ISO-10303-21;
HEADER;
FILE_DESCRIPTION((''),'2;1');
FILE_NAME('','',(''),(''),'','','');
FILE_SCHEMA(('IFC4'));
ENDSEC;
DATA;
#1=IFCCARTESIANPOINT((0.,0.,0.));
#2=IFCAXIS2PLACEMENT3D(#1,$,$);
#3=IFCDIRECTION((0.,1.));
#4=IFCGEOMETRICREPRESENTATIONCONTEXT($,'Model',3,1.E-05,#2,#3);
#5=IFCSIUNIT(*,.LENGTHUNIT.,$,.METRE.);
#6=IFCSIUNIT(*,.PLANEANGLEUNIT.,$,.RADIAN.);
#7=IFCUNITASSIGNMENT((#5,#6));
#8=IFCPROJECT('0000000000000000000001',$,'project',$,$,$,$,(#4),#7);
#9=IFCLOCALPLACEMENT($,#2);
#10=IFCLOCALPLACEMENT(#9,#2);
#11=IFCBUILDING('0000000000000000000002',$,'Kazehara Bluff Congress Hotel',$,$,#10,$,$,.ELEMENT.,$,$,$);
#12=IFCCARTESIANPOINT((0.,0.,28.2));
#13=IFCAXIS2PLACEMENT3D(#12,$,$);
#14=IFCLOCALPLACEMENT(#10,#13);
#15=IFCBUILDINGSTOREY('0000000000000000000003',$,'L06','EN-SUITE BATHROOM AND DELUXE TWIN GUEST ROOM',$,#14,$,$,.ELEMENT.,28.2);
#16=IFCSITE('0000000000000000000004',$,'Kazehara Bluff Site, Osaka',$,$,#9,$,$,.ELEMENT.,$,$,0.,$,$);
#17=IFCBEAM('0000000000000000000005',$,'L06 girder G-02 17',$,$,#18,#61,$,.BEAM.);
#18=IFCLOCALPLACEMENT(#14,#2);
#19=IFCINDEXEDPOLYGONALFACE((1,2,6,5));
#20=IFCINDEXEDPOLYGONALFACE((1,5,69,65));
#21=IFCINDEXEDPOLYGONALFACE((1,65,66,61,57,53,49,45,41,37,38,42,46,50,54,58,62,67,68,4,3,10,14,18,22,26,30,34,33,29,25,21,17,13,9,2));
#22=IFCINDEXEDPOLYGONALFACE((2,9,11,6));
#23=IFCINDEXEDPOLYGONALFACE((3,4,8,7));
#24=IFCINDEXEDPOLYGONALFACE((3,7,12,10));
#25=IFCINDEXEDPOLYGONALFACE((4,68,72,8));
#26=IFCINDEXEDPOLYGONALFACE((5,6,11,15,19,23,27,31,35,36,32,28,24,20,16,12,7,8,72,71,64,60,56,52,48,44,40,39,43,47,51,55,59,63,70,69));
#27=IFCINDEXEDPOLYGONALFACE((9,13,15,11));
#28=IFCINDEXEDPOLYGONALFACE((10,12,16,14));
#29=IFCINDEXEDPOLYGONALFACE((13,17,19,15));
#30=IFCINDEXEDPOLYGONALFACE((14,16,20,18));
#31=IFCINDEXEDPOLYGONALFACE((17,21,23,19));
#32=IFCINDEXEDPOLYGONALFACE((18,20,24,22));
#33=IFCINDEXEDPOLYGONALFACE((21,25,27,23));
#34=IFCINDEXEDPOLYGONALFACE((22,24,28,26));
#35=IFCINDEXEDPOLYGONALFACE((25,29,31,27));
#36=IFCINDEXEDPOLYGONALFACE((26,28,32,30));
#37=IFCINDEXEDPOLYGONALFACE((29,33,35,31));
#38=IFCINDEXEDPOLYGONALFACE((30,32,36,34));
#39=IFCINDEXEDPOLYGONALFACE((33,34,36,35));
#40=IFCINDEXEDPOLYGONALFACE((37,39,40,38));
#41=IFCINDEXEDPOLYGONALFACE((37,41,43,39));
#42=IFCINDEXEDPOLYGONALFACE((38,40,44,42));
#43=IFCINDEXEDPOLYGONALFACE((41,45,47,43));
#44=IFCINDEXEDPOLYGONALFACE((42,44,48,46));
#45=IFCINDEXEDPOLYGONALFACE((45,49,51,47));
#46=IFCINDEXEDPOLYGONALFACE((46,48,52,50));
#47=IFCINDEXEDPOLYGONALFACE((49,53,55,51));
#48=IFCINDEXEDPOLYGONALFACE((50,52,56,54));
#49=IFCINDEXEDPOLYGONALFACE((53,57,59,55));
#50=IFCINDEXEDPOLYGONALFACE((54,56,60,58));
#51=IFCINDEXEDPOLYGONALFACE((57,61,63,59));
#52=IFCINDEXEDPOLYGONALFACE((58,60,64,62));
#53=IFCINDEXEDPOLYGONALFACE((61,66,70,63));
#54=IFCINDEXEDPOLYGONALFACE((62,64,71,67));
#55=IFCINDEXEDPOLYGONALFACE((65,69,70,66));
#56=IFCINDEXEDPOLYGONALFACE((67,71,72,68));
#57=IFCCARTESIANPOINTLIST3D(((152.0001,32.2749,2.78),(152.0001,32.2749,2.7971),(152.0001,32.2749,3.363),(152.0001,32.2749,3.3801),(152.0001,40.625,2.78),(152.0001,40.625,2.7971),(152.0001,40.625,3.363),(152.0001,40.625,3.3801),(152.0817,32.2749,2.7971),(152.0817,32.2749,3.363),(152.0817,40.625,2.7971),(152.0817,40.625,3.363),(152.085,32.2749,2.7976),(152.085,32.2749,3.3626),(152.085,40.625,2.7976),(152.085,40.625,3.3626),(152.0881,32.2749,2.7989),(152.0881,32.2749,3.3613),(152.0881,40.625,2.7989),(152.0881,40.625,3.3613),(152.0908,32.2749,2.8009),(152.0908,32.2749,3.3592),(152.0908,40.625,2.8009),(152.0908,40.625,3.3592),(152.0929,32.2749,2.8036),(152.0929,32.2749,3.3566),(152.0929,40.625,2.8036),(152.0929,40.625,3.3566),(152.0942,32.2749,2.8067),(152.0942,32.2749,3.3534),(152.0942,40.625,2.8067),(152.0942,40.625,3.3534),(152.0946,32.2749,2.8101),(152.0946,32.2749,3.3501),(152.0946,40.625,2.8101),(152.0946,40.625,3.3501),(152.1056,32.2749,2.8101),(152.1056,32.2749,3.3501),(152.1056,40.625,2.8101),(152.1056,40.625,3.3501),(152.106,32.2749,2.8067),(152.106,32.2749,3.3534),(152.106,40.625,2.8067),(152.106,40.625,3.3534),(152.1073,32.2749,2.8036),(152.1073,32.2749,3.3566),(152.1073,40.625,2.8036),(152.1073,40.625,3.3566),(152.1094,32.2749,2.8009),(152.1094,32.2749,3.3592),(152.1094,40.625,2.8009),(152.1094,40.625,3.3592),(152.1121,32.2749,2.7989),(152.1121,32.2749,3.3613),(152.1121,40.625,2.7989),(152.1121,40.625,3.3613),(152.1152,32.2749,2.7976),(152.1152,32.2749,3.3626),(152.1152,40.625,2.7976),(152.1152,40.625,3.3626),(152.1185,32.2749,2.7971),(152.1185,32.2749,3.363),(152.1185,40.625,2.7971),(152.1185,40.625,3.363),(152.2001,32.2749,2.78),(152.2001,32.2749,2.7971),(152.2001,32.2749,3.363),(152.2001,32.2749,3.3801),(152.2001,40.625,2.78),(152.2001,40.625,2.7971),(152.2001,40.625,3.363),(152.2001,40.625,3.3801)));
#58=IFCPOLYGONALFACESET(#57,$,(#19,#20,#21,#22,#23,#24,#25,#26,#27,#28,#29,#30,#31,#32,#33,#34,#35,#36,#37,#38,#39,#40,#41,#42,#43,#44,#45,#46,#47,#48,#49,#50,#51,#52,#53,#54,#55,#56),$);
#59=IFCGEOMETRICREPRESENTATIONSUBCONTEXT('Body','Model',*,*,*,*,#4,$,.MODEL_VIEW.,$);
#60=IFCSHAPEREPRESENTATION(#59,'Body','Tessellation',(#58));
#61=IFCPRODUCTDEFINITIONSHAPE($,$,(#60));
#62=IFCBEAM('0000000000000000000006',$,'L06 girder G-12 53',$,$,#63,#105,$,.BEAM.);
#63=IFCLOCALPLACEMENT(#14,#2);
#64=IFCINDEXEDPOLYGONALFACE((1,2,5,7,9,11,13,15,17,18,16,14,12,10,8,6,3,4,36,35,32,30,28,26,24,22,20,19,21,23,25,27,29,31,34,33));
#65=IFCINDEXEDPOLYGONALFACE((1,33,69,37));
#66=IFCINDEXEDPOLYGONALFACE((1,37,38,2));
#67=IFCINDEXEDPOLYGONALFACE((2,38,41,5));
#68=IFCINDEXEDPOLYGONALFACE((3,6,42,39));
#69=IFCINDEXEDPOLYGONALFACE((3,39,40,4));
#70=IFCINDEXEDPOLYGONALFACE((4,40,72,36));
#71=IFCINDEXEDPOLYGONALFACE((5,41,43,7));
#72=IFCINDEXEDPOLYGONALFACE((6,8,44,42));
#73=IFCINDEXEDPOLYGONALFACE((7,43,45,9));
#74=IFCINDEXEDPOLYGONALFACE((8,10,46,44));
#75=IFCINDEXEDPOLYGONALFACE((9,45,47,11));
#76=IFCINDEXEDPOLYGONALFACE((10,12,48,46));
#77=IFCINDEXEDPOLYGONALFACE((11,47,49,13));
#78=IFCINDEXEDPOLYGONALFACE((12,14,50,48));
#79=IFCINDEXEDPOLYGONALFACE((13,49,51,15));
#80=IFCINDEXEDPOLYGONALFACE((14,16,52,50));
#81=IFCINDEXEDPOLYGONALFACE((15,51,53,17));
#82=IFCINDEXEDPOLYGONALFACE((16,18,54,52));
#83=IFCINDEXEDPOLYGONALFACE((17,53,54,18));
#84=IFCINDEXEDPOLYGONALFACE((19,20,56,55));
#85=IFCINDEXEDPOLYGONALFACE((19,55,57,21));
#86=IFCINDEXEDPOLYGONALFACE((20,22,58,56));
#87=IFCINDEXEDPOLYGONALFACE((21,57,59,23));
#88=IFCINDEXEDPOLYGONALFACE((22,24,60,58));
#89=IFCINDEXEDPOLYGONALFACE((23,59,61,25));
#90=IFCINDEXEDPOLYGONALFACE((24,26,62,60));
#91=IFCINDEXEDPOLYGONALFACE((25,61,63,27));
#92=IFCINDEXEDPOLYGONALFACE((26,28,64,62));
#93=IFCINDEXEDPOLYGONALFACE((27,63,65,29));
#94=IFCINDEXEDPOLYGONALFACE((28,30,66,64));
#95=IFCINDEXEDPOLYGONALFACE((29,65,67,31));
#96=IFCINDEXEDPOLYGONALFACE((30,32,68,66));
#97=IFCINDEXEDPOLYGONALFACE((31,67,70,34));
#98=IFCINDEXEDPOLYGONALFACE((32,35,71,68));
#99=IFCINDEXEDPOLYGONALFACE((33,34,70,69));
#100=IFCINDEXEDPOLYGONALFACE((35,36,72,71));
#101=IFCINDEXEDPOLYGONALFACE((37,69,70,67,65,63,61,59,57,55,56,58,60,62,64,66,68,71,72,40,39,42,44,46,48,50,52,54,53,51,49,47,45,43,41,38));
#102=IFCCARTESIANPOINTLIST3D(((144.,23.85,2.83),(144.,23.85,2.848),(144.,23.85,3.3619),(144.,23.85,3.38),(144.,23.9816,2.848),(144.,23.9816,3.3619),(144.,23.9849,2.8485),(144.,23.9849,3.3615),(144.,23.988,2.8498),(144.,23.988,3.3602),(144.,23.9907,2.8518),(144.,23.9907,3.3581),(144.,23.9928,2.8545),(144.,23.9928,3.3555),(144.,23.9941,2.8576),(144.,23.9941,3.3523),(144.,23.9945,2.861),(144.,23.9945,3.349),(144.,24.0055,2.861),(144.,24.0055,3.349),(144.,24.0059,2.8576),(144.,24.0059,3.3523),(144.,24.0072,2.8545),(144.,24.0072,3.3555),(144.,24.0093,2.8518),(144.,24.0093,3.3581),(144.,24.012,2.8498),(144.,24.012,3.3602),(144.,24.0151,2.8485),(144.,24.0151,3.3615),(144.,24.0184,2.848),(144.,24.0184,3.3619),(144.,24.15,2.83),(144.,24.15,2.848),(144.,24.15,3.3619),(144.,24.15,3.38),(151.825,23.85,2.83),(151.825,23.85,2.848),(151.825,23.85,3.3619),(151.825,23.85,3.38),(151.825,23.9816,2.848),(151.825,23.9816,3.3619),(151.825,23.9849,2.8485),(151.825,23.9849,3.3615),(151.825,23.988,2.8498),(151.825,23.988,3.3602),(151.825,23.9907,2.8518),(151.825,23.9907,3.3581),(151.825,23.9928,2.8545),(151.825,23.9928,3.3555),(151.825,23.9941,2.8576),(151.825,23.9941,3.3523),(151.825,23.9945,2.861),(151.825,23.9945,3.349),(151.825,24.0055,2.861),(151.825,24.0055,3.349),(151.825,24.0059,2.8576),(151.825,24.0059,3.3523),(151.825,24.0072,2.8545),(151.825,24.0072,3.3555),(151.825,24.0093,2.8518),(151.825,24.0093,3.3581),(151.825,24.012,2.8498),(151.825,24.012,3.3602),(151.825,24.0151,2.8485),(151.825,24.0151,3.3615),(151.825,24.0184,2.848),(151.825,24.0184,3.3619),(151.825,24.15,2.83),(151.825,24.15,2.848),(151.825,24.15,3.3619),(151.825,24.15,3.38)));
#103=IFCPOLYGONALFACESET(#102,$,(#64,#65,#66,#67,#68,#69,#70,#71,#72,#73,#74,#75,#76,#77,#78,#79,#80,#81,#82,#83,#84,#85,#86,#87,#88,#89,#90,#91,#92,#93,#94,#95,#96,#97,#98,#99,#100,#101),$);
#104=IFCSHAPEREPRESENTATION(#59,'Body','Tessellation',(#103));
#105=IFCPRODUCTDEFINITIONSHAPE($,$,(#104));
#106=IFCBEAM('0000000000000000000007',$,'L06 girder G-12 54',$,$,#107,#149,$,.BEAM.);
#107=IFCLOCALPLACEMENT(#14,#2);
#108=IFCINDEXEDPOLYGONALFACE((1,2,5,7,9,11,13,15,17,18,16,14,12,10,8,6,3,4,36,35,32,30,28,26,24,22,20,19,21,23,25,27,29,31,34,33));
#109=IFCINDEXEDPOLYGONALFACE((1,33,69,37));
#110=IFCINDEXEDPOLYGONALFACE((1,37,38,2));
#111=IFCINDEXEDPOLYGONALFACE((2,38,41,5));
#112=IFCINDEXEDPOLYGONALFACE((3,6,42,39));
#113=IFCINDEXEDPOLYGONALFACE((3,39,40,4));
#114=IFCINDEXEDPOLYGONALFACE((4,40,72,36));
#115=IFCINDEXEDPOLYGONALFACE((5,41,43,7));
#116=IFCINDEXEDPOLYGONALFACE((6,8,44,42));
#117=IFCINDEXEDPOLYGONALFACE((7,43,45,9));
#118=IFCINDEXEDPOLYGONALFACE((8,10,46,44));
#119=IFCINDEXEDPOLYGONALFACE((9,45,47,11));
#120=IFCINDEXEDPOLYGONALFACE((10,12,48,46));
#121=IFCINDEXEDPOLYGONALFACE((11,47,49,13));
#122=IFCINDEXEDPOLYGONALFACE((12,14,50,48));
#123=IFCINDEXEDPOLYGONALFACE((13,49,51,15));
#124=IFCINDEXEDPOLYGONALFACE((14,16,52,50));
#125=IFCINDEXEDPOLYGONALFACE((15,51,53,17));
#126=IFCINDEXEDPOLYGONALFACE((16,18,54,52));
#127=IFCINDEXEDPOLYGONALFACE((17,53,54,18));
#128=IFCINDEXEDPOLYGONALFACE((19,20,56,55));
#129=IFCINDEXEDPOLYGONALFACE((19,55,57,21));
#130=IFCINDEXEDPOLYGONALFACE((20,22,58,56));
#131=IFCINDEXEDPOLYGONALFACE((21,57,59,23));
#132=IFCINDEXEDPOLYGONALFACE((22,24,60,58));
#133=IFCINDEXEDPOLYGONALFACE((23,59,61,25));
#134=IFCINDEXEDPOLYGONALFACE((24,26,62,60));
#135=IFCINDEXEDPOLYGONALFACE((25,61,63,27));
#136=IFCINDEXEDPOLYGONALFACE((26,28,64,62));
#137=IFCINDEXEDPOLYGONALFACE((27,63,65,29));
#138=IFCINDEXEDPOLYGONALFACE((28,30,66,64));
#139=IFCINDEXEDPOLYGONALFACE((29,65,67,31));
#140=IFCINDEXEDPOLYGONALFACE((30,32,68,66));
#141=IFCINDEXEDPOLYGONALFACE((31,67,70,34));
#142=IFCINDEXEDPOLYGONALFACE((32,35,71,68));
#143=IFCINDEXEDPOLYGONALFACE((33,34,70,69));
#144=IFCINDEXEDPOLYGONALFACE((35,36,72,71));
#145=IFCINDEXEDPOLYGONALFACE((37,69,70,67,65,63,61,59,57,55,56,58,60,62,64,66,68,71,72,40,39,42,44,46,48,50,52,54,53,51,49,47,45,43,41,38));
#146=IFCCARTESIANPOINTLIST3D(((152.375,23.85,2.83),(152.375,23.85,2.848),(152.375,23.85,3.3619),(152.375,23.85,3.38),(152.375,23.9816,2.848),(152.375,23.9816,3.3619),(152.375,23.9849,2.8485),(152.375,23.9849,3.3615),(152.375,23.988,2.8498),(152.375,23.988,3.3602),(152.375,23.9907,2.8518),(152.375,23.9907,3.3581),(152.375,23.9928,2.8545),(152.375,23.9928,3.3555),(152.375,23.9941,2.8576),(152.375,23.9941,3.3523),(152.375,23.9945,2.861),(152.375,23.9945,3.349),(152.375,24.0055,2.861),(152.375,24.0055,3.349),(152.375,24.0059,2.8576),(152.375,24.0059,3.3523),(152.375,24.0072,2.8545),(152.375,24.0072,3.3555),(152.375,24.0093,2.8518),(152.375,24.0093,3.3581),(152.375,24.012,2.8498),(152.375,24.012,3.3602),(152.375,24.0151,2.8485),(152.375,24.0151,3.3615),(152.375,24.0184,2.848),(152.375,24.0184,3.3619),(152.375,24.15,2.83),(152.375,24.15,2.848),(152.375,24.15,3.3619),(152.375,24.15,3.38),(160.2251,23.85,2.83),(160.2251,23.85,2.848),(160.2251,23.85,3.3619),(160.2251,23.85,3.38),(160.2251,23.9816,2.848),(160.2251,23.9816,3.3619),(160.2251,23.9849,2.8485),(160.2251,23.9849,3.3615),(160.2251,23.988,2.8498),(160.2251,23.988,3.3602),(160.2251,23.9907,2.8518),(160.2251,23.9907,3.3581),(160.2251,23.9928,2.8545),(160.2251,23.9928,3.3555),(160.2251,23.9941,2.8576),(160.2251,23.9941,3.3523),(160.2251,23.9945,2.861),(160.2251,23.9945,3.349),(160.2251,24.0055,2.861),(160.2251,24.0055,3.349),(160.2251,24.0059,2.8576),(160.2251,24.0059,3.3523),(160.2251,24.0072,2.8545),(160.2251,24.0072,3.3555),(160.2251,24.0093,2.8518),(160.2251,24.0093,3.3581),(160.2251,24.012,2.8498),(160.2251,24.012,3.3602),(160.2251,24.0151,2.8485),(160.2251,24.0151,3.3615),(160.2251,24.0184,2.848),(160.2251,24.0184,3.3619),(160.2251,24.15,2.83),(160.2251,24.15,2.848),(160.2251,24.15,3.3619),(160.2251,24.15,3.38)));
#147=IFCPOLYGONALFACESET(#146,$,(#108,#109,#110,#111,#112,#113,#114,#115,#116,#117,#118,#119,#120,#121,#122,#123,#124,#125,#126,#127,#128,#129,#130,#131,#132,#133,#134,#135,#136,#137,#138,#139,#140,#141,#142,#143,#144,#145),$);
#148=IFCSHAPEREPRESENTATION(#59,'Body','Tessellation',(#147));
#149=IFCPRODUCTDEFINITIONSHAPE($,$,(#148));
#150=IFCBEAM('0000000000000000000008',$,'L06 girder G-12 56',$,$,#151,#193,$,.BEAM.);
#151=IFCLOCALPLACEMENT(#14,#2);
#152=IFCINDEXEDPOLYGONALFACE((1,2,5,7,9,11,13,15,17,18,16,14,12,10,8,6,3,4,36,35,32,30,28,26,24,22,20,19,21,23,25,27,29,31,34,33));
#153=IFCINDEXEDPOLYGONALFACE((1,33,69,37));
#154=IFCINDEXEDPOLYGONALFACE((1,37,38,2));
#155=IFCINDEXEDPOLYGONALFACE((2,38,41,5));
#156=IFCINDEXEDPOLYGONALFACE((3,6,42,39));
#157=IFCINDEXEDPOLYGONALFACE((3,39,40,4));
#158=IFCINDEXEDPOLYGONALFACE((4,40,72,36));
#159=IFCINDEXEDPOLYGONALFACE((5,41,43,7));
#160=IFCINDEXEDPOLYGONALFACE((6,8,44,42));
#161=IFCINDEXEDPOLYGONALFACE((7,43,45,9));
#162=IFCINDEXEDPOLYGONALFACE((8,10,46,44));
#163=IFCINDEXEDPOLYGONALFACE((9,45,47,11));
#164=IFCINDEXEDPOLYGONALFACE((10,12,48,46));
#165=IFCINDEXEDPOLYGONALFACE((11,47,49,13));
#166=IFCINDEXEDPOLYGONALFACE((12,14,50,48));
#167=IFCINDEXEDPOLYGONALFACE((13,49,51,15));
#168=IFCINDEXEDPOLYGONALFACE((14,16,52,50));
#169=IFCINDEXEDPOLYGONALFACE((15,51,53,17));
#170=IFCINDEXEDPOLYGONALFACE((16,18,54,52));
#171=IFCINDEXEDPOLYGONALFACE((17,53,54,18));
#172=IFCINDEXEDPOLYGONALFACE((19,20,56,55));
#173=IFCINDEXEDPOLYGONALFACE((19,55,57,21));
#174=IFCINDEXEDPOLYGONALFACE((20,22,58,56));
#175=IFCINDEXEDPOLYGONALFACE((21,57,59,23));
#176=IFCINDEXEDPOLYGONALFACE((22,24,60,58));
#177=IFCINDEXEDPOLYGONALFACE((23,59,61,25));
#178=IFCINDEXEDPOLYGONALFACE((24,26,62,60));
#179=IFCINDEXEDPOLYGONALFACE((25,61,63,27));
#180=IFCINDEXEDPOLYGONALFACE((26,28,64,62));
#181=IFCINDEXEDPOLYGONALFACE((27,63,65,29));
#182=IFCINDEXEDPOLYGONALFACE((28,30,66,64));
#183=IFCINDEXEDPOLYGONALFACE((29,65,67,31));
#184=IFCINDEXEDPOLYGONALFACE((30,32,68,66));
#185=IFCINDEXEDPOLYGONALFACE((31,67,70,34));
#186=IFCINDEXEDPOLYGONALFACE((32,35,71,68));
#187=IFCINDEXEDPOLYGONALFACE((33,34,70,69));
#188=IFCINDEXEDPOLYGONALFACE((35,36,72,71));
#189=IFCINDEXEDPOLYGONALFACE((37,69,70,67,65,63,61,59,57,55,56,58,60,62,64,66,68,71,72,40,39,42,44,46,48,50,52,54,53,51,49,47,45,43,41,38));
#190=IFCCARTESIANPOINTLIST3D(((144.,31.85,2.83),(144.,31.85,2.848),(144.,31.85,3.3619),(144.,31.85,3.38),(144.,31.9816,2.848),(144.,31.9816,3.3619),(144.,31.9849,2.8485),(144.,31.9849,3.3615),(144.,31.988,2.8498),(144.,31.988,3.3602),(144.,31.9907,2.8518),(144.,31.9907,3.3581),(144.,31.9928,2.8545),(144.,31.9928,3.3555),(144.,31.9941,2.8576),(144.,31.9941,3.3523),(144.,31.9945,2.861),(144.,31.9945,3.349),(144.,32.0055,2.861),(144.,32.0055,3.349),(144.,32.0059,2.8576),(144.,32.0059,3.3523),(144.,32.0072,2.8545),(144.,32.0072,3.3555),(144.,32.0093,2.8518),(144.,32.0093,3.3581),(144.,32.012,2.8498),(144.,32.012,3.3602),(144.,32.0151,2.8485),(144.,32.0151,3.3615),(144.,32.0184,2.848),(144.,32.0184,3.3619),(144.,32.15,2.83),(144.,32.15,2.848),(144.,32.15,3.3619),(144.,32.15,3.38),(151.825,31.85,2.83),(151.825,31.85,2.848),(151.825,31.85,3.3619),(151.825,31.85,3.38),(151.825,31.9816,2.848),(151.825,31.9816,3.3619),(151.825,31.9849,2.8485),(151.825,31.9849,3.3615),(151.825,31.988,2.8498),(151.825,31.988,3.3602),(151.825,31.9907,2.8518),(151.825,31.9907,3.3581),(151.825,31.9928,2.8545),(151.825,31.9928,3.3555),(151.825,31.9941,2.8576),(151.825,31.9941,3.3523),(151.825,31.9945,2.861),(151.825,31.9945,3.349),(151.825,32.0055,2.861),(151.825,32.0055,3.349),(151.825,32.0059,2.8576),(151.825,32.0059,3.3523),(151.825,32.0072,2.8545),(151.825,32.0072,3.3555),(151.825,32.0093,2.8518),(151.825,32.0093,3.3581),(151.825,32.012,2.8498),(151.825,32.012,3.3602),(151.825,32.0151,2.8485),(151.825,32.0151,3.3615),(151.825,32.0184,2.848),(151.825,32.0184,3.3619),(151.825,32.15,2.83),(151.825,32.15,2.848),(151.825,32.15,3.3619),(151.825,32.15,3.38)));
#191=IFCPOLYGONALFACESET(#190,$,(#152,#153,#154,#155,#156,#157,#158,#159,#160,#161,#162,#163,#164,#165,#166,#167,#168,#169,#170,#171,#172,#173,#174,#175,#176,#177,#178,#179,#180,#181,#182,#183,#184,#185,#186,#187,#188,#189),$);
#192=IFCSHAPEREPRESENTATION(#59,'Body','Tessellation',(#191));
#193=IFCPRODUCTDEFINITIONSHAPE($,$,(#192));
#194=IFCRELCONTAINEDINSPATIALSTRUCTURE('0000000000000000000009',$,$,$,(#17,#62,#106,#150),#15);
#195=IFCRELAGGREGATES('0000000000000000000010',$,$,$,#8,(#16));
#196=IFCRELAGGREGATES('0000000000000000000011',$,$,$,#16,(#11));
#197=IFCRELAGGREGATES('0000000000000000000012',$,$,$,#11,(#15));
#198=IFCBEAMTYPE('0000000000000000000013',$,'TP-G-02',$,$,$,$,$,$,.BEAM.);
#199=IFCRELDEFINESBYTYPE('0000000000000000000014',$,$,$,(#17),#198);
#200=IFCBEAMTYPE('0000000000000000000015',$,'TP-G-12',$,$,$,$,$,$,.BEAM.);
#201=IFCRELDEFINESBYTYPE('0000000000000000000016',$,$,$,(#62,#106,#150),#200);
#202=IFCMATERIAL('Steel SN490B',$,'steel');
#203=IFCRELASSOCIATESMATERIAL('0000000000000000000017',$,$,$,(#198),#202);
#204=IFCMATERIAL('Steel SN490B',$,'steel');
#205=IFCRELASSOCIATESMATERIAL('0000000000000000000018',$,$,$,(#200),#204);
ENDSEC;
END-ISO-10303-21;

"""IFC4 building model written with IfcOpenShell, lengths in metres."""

from ifc_helpers import new_model, si_unit, direction, frame, origin, origin_2d, place, context, subcontext, project, spatial, i_section, extrude, material, material_profile, profile_set, type_object, element, save


model = new_model("IFC4")

# Units and contexts
model_context = context("Model", 3, precision=1e-05, world=origin(), true_north=direction((0.0, 1.0)))
body_context = subcontext(model_context, "Body", "Model", "MODEL_VIEW")
ifc_project = project(units=[si_unit("LENGTHUNIT", "METRE"), si_unit("PLANEANGLEUNIT", "RADIAN")], contexts=[model_context])

# Site, building, storey
site_placement = place(None, origin())
site = spatial("IfcSite", under=ifc_project, at=site_placement, Name="Kazehara Bluff Site, Osaka", CompositionType="ELEMENT", RefElevation=0.0)
building_placement = place(site_placement, origin())
building = spatial("IfcBuilding", under=site, at=building_placement, Name="Kazehara Bluff Congress Hotel", CompositionType="ELEMENT")
storey_placement = place(building_placement, frame((0.0, 0.0, 28.2)))
storey = spatial("IfcBuildingStorey", under=building, at=storey_placement, Name="L06", Description="EN-SUITE BATHROOM AND DELUXE TWIN GUEST ROOM", CompositionType="ELEMENT", Elevation=28.2)

# Beams
ifc_material_1 = material(Name="Steel SN490B", Category="steel")
ifc_material_profile_1 = material_profile(ifc_material_1, i_section(OverallWidth=0.2, OverallDepth=0.6001, WebThickness=0.011, FlangeThickness=0.0171, FilletRadius=0.0129, at=origin_2d()))
ifc_profile_set_1 = profile_set([ifc_material_profile_1], Name="Steel SN490B")
beam_type_1 = type_object("IfcBeamType", Name="TP-G-02", PredefinedType="BEAM", material=ifc_profile_set_1)
beam_1_placement = place(storey_placement, frame((152.1001, 32.2749, 3.0801), z_axis=(0.0, 1.0, 0.0), x_axis=(-1.0, 0.0, 0.0)))
element("IfcBeam", 1, at=beam_1_placement, inside=storey, type_object=beam_type_1, Name="L06 girder G-02 17", PredefinedType="BEAM", context=body_context, shape_type="SweptSolid", body=[
    extrude(i_section(OverallWidth=0.2, OverallDepth=0.6001, WebThickness=0.011, FlangeThickness=0.0171, FilletRadius=0.0129, at=origin_2d()), origin(), (0.0, 0.0, 1.0), 8.3501),
])
ifc_material_2 = material(Name="Steel SN490B", Category="steel")
ifc_material_profile_2 = material_profile(ifc_material_2, i_section(OverallWidth=0.3, OverallDepth=0.55, WebThickness=0.011, FlangeThickness=0.0181, FilletRadius=0.0129, at=origin_2d()))
ifc_profile_set_2 = profile_set([ifc_material_profile_2], Name="Steel SN490B")
beam_type_2 = type_object("IfcBeamType", Name="TP-G-12", PredefinedType="BEAM", material=ifc_profile_set_2)
beam_2_placement = place(storey_placement, frame((144.0, 24.0, 3.105), z_axis=(1.0, 0.0, 0.0), x_axis=(0.0, 1.0, 0.0)))
element("IfcBeam", 2, at=beam_2_placement, inside=storey, type_object=beam_type_2, Name="L06 girder G-12 53", PredefinedType="BEAM", context=body_context, shape_type="SweptSolid", body=[
    extrude(i_section(OverallWidth=0.3, OverallDepth=0.55, WebThickness=0.011, FlangeThickness=0.0181, FilletRadius=0.0129, at=origin_2d()), origin(), (0.0, 0.0, 1.0), 7.825),
])
beam_3_placement = place(storey_placement, frame((152.375, 24.0, 3.105), z_axis=(1.0, 0.0, 0.0), x_axis=(0.0, 1.0, 0.0)))
element("IfcBeam", 3, at=beam_3_placement, inside=storey, type_object=beam_type_2, Name="L06 girder G-12 54", PredefinedType="BEAM", context=body_context, shape_type="SweptSolid", body=[
    extrude(i_section(OverallWidth=0.3, OverallDepth=0.55, WebThickness=0.011, FlangeThickness=0.0181, FilletRadius=0.0129, at=origin_2d()), origin(), (0.0, 0.0, 1.0), 7.8501),
])
beam_4_placement = place(storey_placement, frame((144.0, 32.0, 3.105), z_axis=(1.0, 0.0, 0.0), x_axis=(0.0, 1.0, 0.0)))
element("IfcBeam", 4, at=beam_4_placement, inside=storey, type_object=beam_type_2, Name="L06 girder G-12 56", PredefinedType="BEAM", context=body_context, shape_type="SweptSolid", body=[
    extrude(i_section(OverallWidth=0.3, OverallDepth=0.55, WebThickness=0.011, FlangeThickness=0.0181, FilletRadius=0.0129, at=origin_2d()), origin(), (0.0, 0.0, 1.0), 7.825),
])

save(model, "model.ifc")
